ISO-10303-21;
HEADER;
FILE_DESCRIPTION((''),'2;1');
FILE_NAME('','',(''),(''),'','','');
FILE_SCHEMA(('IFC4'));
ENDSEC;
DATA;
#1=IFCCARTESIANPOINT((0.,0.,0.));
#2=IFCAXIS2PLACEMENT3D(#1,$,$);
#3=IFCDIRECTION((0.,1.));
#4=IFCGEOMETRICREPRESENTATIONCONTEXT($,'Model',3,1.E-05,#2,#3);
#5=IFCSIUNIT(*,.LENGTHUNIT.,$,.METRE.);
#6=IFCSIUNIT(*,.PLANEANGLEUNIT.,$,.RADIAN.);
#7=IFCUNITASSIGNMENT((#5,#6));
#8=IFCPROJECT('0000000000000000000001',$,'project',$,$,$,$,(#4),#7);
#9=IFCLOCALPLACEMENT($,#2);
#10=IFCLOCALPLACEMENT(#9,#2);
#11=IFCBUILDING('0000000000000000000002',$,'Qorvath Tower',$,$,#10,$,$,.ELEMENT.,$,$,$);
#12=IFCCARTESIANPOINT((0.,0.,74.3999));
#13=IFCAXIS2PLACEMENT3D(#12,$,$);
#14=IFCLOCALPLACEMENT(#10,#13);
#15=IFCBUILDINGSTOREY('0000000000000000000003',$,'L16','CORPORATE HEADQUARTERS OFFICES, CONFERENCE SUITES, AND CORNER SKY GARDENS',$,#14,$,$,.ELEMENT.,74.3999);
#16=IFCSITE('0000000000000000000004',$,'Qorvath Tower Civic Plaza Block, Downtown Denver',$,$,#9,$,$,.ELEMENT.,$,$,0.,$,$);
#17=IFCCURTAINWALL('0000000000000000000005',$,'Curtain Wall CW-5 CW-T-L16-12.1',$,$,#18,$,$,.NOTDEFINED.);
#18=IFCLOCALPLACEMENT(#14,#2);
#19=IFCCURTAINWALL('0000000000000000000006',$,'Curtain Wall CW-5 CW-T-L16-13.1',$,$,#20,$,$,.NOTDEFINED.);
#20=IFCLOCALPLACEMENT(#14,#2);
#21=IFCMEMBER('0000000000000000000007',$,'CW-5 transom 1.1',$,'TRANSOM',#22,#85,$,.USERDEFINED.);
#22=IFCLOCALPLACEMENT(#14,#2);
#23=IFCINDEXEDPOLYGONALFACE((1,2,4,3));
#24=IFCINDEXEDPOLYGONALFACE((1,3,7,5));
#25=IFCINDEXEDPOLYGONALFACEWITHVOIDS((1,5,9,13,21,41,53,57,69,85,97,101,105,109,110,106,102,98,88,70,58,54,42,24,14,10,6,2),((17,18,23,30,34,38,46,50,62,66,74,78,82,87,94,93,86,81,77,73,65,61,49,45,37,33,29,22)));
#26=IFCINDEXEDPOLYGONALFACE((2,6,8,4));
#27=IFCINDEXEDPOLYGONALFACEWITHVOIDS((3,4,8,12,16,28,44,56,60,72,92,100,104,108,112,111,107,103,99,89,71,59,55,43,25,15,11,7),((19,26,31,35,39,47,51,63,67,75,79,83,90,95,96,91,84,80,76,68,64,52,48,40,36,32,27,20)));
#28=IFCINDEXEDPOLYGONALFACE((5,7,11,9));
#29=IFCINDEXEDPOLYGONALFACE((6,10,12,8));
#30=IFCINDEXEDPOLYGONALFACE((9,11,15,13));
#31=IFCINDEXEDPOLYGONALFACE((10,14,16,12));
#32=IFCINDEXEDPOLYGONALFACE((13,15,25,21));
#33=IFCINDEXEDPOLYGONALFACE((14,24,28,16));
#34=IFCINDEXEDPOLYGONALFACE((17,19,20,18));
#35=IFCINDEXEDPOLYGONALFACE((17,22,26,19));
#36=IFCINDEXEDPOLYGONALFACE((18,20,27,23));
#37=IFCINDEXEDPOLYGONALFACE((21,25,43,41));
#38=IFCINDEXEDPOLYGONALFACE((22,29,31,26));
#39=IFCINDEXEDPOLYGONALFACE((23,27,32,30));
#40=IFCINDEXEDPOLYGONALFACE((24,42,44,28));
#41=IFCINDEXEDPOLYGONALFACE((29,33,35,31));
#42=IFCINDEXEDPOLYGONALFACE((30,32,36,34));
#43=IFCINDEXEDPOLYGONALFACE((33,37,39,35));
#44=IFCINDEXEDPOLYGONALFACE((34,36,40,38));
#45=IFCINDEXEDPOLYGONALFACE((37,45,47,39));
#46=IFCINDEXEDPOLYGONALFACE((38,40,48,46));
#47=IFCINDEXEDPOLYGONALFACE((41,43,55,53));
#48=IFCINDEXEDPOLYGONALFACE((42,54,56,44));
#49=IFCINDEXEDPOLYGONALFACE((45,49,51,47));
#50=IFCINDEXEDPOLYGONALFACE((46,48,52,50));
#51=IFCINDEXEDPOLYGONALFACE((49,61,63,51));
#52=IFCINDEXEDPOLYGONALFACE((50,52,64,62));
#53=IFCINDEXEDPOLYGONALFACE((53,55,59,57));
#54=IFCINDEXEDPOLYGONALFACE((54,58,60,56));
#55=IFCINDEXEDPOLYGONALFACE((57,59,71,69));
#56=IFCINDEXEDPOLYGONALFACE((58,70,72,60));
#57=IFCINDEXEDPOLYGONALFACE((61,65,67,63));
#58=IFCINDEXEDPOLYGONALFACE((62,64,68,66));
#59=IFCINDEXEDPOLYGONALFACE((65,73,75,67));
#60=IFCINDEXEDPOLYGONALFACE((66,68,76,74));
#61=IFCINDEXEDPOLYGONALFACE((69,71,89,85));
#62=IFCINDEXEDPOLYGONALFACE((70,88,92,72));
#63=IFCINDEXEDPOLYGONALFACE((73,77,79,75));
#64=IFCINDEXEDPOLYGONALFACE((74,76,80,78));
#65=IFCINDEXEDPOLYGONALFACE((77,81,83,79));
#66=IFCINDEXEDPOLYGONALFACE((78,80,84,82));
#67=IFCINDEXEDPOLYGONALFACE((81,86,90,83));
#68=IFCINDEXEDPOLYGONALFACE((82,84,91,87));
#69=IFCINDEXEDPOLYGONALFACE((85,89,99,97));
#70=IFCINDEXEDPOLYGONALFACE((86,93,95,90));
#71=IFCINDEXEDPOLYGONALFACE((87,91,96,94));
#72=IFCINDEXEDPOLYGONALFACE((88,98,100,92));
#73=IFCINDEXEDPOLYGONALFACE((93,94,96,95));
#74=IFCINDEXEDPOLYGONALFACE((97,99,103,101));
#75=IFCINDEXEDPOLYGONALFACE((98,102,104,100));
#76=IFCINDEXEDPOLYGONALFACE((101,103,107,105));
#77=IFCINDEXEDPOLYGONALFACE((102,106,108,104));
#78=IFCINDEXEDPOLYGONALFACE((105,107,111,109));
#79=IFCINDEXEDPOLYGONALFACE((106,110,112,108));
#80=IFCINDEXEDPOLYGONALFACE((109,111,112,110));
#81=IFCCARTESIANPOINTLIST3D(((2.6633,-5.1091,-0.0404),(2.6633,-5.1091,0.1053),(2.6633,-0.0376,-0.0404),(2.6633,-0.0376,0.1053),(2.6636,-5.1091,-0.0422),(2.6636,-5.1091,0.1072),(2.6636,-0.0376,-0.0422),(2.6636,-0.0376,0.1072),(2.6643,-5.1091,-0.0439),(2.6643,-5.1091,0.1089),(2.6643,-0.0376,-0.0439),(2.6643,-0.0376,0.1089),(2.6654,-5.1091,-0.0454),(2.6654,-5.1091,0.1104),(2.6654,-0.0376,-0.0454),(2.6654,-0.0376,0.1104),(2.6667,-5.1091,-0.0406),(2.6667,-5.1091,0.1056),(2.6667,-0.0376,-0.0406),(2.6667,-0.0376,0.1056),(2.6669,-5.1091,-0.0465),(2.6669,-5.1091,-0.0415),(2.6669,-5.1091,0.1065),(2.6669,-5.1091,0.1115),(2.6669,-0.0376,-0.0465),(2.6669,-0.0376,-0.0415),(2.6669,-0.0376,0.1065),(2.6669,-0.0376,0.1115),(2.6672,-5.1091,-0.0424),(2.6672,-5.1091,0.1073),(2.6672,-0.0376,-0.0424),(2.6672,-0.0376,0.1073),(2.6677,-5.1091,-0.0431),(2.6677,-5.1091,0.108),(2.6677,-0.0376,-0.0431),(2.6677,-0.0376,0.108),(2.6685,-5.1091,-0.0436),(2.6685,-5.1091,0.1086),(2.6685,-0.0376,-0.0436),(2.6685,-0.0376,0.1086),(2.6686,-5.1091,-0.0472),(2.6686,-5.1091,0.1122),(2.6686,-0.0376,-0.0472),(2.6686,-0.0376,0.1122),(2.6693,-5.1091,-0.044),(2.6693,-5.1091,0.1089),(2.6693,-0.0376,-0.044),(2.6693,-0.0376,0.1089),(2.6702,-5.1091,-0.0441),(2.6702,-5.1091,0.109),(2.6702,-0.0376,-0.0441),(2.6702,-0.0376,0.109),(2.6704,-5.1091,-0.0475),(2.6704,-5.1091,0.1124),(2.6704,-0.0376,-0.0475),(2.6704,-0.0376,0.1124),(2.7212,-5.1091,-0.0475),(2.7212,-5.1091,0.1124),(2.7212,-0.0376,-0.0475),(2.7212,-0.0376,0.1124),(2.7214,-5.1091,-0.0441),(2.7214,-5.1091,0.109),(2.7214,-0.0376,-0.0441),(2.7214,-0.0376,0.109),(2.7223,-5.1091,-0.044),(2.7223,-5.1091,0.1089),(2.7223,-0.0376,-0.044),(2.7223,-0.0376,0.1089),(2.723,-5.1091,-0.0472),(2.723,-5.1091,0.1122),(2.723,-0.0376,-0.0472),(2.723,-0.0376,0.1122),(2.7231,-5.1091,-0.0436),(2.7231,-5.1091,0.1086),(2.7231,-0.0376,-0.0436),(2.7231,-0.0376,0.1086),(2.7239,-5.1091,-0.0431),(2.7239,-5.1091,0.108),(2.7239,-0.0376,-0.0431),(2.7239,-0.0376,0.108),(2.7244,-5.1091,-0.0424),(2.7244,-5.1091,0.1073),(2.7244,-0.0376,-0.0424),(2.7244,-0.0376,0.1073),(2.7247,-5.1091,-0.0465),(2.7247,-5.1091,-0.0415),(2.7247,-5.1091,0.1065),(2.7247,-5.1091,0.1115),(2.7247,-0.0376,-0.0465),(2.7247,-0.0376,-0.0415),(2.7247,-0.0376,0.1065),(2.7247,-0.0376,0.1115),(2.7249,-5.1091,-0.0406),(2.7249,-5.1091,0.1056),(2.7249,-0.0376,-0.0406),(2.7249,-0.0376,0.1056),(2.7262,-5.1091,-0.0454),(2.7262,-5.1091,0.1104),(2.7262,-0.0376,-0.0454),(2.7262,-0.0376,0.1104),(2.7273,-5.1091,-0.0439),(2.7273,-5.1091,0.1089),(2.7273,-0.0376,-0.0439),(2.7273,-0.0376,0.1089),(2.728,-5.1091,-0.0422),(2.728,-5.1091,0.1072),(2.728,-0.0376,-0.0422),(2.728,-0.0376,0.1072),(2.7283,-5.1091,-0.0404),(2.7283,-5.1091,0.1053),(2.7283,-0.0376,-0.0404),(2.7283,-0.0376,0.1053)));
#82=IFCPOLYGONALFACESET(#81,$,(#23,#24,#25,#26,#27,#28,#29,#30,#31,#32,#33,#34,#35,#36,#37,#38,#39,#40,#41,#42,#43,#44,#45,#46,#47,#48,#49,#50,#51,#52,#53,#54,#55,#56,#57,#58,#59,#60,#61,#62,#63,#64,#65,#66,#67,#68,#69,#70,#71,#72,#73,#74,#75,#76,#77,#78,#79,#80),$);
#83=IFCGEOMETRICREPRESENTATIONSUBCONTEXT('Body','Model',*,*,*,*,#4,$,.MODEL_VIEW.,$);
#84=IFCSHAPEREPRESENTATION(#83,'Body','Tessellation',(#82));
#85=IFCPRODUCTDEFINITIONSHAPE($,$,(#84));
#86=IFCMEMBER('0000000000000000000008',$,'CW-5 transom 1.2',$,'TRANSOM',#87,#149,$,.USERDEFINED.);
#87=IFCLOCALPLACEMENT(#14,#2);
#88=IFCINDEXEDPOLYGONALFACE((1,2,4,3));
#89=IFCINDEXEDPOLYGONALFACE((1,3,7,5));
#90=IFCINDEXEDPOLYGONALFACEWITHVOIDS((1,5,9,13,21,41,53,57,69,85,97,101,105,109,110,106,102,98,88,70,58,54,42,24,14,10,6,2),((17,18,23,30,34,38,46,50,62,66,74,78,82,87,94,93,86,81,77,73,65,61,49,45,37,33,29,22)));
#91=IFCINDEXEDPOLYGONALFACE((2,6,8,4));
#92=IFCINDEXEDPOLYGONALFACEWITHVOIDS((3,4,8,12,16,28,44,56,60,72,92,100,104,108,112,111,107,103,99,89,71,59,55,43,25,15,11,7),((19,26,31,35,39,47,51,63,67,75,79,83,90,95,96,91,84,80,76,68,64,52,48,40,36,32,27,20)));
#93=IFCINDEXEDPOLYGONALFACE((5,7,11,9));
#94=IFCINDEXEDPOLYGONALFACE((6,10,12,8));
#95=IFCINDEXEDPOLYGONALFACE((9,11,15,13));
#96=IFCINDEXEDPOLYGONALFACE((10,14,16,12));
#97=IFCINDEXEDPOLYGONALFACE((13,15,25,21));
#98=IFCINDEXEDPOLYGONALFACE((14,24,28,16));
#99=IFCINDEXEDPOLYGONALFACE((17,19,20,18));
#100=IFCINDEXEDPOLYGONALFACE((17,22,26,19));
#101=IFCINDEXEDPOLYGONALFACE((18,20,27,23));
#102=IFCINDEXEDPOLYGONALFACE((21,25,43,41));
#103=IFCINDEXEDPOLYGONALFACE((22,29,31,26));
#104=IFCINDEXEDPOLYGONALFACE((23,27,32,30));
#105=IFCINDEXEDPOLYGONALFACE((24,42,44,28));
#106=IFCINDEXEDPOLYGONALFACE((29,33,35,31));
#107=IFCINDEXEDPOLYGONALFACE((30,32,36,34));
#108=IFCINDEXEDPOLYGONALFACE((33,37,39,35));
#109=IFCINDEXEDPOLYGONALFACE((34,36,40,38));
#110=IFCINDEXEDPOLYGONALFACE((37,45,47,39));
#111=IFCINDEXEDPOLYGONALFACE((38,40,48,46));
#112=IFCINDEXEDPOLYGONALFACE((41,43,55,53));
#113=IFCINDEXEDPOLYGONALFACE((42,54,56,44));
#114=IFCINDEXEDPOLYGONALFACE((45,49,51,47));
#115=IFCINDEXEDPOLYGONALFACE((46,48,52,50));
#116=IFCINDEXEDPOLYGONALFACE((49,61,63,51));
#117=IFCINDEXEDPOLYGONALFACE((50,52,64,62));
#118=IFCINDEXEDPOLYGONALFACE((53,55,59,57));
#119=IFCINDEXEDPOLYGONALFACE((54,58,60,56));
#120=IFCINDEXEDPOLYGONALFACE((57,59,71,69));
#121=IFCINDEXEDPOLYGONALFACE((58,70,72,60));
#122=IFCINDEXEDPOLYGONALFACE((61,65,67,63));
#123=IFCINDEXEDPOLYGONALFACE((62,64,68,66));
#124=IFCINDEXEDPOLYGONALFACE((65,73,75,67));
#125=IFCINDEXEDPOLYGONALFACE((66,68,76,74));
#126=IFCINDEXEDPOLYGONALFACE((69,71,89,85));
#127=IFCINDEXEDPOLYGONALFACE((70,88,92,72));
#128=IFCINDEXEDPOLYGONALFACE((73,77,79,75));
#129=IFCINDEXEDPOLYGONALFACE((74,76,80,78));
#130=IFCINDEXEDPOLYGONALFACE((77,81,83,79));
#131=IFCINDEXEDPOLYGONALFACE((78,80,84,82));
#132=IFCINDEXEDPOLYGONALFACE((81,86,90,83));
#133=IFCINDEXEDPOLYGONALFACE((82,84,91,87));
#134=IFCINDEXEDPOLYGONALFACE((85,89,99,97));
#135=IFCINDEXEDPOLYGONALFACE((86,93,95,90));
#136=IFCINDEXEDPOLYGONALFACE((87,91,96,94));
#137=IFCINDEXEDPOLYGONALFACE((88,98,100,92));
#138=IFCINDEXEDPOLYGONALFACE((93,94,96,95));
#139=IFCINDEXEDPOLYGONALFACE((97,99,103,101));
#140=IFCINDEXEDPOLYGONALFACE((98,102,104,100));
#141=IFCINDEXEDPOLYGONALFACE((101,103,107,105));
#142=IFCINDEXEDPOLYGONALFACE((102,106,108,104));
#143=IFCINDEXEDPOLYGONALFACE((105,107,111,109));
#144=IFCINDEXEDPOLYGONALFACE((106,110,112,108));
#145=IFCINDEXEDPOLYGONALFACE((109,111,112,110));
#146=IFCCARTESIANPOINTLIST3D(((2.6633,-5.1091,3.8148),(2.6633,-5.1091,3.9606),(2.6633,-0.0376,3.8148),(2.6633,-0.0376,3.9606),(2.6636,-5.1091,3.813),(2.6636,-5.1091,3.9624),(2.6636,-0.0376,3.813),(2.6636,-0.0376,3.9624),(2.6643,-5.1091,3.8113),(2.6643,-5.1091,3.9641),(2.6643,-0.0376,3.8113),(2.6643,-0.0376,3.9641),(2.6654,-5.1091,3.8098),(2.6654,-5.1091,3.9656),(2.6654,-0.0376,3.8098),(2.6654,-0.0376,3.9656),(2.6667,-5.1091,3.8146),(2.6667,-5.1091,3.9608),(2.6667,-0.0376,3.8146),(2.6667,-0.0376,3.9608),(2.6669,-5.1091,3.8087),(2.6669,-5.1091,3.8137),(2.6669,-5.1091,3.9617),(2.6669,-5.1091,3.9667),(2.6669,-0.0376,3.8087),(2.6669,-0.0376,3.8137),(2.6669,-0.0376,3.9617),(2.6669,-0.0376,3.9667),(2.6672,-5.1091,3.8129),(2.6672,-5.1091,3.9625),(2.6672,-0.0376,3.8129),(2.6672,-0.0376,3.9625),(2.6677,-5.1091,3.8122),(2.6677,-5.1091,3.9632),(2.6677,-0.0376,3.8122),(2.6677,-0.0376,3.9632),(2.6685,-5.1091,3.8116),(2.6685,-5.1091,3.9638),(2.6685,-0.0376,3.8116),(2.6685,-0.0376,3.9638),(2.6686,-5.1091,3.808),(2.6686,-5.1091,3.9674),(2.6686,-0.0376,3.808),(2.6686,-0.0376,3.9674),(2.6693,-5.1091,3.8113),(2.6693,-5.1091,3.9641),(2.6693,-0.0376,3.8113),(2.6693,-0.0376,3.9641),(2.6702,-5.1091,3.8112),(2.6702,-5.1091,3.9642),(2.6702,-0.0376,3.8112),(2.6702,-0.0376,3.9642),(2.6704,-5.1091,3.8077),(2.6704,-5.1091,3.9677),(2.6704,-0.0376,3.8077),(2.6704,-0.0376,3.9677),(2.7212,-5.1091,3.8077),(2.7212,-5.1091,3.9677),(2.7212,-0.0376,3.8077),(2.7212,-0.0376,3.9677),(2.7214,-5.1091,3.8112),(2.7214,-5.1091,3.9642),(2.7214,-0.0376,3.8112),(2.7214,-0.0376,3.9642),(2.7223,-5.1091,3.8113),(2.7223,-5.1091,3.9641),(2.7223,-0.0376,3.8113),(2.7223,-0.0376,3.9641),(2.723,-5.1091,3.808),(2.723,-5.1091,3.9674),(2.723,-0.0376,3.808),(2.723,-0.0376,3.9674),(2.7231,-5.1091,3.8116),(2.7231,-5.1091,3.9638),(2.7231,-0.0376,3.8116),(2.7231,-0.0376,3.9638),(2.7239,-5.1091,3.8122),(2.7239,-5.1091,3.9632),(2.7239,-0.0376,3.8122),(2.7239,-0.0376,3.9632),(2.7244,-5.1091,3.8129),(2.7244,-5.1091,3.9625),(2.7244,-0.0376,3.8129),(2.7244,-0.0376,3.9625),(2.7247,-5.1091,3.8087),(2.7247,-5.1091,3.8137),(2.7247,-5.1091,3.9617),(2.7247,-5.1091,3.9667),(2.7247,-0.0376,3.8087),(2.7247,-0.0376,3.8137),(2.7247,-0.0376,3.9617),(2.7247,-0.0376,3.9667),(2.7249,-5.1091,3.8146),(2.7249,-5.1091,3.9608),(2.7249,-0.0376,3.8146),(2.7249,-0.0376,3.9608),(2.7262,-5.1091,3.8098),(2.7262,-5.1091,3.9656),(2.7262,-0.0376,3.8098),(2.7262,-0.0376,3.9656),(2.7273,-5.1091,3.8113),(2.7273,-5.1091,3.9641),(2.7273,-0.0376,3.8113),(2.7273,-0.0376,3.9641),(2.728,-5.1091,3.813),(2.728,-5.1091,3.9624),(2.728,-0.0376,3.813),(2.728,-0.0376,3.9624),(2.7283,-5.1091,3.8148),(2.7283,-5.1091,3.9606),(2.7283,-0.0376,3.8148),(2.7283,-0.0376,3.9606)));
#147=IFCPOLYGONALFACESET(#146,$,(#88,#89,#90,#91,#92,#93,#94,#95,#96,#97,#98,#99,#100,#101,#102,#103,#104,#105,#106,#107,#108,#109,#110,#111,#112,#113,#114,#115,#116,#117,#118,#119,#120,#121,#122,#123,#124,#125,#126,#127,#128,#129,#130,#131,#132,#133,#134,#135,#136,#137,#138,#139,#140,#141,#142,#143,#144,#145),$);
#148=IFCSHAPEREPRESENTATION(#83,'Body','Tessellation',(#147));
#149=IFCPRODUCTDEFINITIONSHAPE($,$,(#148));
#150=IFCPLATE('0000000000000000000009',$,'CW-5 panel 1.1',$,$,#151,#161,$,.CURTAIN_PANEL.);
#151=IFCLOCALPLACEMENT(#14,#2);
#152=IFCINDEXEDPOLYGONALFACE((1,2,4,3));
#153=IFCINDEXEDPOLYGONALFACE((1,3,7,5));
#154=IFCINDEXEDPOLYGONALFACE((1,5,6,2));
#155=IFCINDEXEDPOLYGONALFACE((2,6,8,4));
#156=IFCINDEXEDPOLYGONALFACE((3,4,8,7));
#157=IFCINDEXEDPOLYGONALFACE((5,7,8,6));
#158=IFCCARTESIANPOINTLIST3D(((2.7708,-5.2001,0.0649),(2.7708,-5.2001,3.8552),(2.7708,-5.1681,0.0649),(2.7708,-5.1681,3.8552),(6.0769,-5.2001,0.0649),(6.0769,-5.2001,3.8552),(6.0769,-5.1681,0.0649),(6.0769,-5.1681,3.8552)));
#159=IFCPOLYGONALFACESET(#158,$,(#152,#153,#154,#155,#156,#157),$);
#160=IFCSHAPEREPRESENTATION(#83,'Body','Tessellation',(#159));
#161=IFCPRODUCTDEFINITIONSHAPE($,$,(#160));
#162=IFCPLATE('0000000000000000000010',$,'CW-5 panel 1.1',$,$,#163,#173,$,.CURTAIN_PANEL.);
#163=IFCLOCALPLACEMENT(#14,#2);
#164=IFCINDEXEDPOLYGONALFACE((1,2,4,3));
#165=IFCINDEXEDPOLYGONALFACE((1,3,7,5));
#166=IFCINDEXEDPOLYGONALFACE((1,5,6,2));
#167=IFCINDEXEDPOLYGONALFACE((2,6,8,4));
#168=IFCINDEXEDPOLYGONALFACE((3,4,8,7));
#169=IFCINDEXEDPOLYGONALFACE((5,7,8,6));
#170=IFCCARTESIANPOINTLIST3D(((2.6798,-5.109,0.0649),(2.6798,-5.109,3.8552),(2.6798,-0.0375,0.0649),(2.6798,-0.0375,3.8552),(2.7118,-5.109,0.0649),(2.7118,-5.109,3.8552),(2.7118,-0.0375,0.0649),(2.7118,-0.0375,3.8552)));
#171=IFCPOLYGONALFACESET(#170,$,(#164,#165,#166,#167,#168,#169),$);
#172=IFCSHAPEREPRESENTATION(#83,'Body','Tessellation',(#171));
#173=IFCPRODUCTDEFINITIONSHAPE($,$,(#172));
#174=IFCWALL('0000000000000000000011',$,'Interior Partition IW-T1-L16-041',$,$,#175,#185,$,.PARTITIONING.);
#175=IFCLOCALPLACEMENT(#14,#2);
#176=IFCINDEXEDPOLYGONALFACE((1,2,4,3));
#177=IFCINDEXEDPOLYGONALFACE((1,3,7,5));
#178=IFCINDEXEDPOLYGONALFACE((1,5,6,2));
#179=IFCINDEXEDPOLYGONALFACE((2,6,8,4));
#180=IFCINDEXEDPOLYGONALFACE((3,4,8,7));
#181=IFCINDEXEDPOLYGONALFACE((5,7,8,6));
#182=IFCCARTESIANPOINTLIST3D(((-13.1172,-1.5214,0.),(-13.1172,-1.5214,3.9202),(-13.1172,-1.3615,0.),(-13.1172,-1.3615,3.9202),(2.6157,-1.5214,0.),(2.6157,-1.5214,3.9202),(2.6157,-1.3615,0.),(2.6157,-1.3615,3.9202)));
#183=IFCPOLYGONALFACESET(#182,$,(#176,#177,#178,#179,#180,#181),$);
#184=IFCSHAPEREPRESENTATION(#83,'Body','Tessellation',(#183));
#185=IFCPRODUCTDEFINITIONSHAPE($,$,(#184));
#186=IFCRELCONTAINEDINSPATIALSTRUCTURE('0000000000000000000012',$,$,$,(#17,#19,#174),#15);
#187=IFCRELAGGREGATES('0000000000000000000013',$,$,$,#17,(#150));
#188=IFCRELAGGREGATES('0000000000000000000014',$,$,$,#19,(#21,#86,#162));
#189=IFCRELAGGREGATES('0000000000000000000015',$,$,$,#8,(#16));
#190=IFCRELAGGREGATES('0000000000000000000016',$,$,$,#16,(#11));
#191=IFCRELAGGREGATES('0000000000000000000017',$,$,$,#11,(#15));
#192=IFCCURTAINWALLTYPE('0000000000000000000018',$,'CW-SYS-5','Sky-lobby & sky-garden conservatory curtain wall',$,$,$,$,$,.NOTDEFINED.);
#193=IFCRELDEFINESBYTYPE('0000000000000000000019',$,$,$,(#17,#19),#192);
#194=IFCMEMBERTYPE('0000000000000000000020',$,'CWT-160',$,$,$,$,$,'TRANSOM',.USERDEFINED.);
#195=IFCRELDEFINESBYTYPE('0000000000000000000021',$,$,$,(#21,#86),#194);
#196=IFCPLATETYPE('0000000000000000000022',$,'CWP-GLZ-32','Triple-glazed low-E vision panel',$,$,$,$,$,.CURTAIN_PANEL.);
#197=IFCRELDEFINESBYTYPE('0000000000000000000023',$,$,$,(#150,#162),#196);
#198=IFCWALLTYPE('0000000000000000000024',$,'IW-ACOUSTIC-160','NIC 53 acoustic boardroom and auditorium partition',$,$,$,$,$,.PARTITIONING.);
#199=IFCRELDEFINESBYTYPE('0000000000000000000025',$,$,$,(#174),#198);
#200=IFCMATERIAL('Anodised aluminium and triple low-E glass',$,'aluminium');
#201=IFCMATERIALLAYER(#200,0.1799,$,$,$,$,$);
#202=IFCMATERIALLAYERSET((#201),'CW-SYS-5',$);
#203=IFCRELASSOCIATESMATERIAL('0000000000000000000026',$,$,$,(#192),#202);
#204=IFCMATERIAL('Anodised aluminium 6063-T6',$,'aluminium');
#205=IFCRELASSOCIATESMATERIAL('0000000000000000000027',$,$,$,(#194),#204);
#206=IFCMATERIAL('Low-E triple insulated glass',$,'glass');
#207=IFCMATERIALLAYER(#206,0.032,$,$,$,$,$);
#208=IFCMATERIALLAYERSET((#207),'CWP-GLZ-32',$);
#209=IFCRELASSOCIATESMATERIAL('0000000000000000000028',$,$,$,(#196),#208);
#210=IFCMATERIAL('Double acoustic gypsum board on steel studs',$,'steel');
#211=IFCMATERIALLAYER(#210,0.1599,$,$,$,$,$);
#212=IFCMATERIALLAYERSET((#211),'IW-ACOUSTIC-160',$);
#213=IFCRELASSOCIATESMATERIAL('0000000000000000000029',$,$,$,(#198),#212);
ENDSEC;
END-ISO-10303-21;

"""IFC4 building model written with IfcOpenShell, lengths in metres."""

from ifc_helpers import new_model, si_unit, direction, frame, frame_2d, origin, origin_2d, place, context, subcontext, project, spatial, rectangle, hollow_rectangle, extrude, material, layer, layer_set, material_profile, profile_set, type_object, element, aggregate, save


model = new_model("IFC4")

# Units and contexts
model_context = context("Model", 3, precision=1e-05, world=origin(), true_north=direction((0.0, 1.0)))
body_context = subcontext(model_context, "Body", "Model", "MODEL_VIEW")
ifc_project = project(units=[si_unit("LENGTHUNIT", "METRE"), si_unit("PLANEANGLEUNIT", "RADIAN")], contexts=[model_context])

# Site, building, storey
site_placement = place(None, origin())
site = spatial("IfcSite", under=ifc_project, at=site_placement, Name="Qorvath Tower Civic Plaza Block, Downtown Denver", CompositionType="ELEMENT", RefElevation=0.0)
building_placement = place(site_placement, origin())
building = spatial("IfcBuilding", under=site, at=building_placement, Name="Qorvath Tower", CompositionType="ELEMENT")
storey_placement = place(building_placement, frame((0.0, 0.0, 74.3999)))
storey = spatial("IfcBuildingStorey", under=building, at=storey_placement, Name="L16", Description="CORPORATE HEADQUARTERS OFFICES, CONFERENCE SUITES, AND CORNER SKY GARDENS", CompositionType="ELEMENT", Elevation=74.3999)

# Shared definitions
ifc_material_1 = material(Name="Anodised aluminium and triple low-E glass", Category="aluminium")
ifc_layer_1 = layer(ifc_material_1, 0.1799)
ifc_layer_set_1 = layer_set([ifc_layer_1], Name="CW-SYS-5")
curtain_wall_type = type_object("IfcCurtainWallType", Name="CW-SYS-5", Description="Sky-lobby & sky-garden conservatory curtain wall", PredefinedType="NOTDEFINED", material=ifc_layer_set_1)

# Curtain wall
curtain_wall_1_placement = place(storey_placement, origin())
curtain_wall_1 = element("IfcCurtainWall", 1, at=curtain_wall_1_placement, inside=storey, type_object=curtain_wall_type, Name="Curtain Wall CW-5 CW-T-L16-12.1", PredefinedType="NOTDEFINED")

# Curtain wall
curtain_wall_2_placement = place(storey_placement, origin())
curtain_wall_2 = element("IfcCurtainWall", 2, at=curtain_wall_2_placement, inside=storey, type_object=curtain_wall_type, Name="Curtain Wall CW-5 CW-T-L16-13.1", PredefinedType="NOTDEFINED")

# Members
ifc_material_2 = material(Name="Anodised aluminium 6063-T6", Category="aluminium")
ifc_material_profile_1 = material_profile(ifc_material_2, hollow_rectangle(XDim=0.0649, YDim=0.1599, WallThickness=0.0034, InnerFilletRadius=0.0034, OuterFilletRadius=0.0071, at=origin_2d()), Name="CWT 160x65")
ifc_profile_set_1 = profile_set([ifc_material_profile_1], Name="Anodised aluminium 6063-T6")
member_type_1 = type_object("IfcMemberType", Name="CWT-160", ElementType="TRANSOM", PredefinedType="USERDEFINED", material=ifc_profile_set_1)
member_1_placement = place(storey_placement, frame((2.6958, -5.1091, 0.0325), z_axis=(0.0, 1.0, 0.0), x_axis=(-1.0, 0.0, 0.0)))
member_1 = element("IfcMember", 3, at=member_1_placement, type_object=member_type_1, Name="CW-5 transom 1.1", ObjectType="TRANSOM", PredefinedType="USERDEFINED", context=body_context, shape_type="SweptSolid", body=[
    extrude(hollow_rectangle(XDim=0.0649, YDim=0.1599, WallThickness=0.0034, InnerFilletRadius=0.0034, OuterFilletRadius=0.0071, at=origin_2d()), origin(), (0.0, 0.0, 1.0), 5.0715),
])
member_2_placement = place(storey_placement, frame((2.6958, -5.1091, 3.8877), z_axis=(0.0, 1.0, 0.0), x_axis=(-1.0, 0.0, 0.0)))
member_2 = element("IfcMember", 4, at=member_2_placement, type_object=member_type_1, Name="CW-5 transom 1.2", ObjectType="TRANSOM", PredefinedType="USERDEFINED", context=body_context, shape_type="SweptSolid", body=[
    extrude(hollow_rectangle(XDim=0.0649, YDim=0.1599, WallThickness=0.0034, InnerFilletRadius=0.0034, OuterFilletRadius=0.0071, at=origin_2d()), origin(), (0.0, 0.0, 1.0), 5.0715),
])

# Plates
ifc_material_3 = material(Name="Low-E triple insulated glass", Category="glass")
ifc_layer_2 = layer(ifc_material_3, 0.032)
ifc_layer_set_2 = layer_set([ifc_layer_2], Name="CWP-GLZ-32")
plate_type = type_object("IfcPlateType", Name="CWP-GLZ-32", Description="Triple-glazed low-E vision panel", PredefinedType="CURTAIN_PANEL", material=ifc_layer_set_2)
plate_1_placement = place(storey_placement, frame((4.4238, -5.1841, 0.0649), z_axis=(0.0, 0.0, 1.0), x_axis=(-1.0, 0.0, 0.0)))
plate_1 = element("IfcPlate", 5, at=plate_1_placement, type_object=plate_type, Name="CW-5 panel 1.1", PredefinedType="CURTAIN_PANEL", context=body_context, shape_type="SweptSolid", body=[
    extrude(rectangle(XDim=3.3062, YDim=0.032, at=origin_2d()), origin(), (0.0, 0.0, 1.0), 3.7903),
])
aggregate(curtain_wall_1, [plate_1])
plate_2_placement = place(storey_placement, frame((2.6958, -2.5732, 0.0649), z_axis=(0.0, 0.0, 1.0), x_axis=(0.0, 1.0, 0.0)))
plate_2 = element("IfcPlate", 6, at=plate_2_placement, type_object=plate_type, Name="CW-5 panel 1.1", PredefinedType="CURTAIN_PANEL", context=body_context, shape_type="SweptSolid", body=[
    extrude(rectangle(XDim=5.0715, YDim=0.032, at=origin_2d()), origin(), (0.0, 0.0, 1.0), 3.7903),
])
aggregate(curtain_wall_2, [member_1, member_2, plate_2])

# Wall
ifc_material_4 = material(Name="Double acoustic gypsum board on steel studs", Category="steel")
ifc_layer_3 = layer(ifc_material_4, 0.1599)
ifc_layer_set_3 = layer_set([ifc_layer_3], Name="IW-ACOUSTIC-160")
wall_type = type_object("IfcWallType", Name="IW-ACOUSTIC-160", Description="NIC 53 acoustic boardroom and auditorium partition", PredefinedType="PARTITIONING", material=ifc_layer_set_3)
wall_placement = place(storey_placement, frame((2.6157, -1.4414, 0.0), z_axis=(0.0, 0.0, 1.0), x_axis=(-1.0, 0.0, 0.0)))
element("IfcWall", 7, at=wall_placement, inside=storey, type_object=wall_type, Name="Interior Partition IW-T1-L16-041", PredefinedType="PARTITIONING", context=body_context, shape_type="SweptSolid", body=[
    extrude(rectangle(XDim=15.7329, YDim=0.1599, at=frame_2d((7.8665, 0.0))), origin(), (0.0, 0.0, 1.0), 3.9202),
])

save(model, "model.ifc")
